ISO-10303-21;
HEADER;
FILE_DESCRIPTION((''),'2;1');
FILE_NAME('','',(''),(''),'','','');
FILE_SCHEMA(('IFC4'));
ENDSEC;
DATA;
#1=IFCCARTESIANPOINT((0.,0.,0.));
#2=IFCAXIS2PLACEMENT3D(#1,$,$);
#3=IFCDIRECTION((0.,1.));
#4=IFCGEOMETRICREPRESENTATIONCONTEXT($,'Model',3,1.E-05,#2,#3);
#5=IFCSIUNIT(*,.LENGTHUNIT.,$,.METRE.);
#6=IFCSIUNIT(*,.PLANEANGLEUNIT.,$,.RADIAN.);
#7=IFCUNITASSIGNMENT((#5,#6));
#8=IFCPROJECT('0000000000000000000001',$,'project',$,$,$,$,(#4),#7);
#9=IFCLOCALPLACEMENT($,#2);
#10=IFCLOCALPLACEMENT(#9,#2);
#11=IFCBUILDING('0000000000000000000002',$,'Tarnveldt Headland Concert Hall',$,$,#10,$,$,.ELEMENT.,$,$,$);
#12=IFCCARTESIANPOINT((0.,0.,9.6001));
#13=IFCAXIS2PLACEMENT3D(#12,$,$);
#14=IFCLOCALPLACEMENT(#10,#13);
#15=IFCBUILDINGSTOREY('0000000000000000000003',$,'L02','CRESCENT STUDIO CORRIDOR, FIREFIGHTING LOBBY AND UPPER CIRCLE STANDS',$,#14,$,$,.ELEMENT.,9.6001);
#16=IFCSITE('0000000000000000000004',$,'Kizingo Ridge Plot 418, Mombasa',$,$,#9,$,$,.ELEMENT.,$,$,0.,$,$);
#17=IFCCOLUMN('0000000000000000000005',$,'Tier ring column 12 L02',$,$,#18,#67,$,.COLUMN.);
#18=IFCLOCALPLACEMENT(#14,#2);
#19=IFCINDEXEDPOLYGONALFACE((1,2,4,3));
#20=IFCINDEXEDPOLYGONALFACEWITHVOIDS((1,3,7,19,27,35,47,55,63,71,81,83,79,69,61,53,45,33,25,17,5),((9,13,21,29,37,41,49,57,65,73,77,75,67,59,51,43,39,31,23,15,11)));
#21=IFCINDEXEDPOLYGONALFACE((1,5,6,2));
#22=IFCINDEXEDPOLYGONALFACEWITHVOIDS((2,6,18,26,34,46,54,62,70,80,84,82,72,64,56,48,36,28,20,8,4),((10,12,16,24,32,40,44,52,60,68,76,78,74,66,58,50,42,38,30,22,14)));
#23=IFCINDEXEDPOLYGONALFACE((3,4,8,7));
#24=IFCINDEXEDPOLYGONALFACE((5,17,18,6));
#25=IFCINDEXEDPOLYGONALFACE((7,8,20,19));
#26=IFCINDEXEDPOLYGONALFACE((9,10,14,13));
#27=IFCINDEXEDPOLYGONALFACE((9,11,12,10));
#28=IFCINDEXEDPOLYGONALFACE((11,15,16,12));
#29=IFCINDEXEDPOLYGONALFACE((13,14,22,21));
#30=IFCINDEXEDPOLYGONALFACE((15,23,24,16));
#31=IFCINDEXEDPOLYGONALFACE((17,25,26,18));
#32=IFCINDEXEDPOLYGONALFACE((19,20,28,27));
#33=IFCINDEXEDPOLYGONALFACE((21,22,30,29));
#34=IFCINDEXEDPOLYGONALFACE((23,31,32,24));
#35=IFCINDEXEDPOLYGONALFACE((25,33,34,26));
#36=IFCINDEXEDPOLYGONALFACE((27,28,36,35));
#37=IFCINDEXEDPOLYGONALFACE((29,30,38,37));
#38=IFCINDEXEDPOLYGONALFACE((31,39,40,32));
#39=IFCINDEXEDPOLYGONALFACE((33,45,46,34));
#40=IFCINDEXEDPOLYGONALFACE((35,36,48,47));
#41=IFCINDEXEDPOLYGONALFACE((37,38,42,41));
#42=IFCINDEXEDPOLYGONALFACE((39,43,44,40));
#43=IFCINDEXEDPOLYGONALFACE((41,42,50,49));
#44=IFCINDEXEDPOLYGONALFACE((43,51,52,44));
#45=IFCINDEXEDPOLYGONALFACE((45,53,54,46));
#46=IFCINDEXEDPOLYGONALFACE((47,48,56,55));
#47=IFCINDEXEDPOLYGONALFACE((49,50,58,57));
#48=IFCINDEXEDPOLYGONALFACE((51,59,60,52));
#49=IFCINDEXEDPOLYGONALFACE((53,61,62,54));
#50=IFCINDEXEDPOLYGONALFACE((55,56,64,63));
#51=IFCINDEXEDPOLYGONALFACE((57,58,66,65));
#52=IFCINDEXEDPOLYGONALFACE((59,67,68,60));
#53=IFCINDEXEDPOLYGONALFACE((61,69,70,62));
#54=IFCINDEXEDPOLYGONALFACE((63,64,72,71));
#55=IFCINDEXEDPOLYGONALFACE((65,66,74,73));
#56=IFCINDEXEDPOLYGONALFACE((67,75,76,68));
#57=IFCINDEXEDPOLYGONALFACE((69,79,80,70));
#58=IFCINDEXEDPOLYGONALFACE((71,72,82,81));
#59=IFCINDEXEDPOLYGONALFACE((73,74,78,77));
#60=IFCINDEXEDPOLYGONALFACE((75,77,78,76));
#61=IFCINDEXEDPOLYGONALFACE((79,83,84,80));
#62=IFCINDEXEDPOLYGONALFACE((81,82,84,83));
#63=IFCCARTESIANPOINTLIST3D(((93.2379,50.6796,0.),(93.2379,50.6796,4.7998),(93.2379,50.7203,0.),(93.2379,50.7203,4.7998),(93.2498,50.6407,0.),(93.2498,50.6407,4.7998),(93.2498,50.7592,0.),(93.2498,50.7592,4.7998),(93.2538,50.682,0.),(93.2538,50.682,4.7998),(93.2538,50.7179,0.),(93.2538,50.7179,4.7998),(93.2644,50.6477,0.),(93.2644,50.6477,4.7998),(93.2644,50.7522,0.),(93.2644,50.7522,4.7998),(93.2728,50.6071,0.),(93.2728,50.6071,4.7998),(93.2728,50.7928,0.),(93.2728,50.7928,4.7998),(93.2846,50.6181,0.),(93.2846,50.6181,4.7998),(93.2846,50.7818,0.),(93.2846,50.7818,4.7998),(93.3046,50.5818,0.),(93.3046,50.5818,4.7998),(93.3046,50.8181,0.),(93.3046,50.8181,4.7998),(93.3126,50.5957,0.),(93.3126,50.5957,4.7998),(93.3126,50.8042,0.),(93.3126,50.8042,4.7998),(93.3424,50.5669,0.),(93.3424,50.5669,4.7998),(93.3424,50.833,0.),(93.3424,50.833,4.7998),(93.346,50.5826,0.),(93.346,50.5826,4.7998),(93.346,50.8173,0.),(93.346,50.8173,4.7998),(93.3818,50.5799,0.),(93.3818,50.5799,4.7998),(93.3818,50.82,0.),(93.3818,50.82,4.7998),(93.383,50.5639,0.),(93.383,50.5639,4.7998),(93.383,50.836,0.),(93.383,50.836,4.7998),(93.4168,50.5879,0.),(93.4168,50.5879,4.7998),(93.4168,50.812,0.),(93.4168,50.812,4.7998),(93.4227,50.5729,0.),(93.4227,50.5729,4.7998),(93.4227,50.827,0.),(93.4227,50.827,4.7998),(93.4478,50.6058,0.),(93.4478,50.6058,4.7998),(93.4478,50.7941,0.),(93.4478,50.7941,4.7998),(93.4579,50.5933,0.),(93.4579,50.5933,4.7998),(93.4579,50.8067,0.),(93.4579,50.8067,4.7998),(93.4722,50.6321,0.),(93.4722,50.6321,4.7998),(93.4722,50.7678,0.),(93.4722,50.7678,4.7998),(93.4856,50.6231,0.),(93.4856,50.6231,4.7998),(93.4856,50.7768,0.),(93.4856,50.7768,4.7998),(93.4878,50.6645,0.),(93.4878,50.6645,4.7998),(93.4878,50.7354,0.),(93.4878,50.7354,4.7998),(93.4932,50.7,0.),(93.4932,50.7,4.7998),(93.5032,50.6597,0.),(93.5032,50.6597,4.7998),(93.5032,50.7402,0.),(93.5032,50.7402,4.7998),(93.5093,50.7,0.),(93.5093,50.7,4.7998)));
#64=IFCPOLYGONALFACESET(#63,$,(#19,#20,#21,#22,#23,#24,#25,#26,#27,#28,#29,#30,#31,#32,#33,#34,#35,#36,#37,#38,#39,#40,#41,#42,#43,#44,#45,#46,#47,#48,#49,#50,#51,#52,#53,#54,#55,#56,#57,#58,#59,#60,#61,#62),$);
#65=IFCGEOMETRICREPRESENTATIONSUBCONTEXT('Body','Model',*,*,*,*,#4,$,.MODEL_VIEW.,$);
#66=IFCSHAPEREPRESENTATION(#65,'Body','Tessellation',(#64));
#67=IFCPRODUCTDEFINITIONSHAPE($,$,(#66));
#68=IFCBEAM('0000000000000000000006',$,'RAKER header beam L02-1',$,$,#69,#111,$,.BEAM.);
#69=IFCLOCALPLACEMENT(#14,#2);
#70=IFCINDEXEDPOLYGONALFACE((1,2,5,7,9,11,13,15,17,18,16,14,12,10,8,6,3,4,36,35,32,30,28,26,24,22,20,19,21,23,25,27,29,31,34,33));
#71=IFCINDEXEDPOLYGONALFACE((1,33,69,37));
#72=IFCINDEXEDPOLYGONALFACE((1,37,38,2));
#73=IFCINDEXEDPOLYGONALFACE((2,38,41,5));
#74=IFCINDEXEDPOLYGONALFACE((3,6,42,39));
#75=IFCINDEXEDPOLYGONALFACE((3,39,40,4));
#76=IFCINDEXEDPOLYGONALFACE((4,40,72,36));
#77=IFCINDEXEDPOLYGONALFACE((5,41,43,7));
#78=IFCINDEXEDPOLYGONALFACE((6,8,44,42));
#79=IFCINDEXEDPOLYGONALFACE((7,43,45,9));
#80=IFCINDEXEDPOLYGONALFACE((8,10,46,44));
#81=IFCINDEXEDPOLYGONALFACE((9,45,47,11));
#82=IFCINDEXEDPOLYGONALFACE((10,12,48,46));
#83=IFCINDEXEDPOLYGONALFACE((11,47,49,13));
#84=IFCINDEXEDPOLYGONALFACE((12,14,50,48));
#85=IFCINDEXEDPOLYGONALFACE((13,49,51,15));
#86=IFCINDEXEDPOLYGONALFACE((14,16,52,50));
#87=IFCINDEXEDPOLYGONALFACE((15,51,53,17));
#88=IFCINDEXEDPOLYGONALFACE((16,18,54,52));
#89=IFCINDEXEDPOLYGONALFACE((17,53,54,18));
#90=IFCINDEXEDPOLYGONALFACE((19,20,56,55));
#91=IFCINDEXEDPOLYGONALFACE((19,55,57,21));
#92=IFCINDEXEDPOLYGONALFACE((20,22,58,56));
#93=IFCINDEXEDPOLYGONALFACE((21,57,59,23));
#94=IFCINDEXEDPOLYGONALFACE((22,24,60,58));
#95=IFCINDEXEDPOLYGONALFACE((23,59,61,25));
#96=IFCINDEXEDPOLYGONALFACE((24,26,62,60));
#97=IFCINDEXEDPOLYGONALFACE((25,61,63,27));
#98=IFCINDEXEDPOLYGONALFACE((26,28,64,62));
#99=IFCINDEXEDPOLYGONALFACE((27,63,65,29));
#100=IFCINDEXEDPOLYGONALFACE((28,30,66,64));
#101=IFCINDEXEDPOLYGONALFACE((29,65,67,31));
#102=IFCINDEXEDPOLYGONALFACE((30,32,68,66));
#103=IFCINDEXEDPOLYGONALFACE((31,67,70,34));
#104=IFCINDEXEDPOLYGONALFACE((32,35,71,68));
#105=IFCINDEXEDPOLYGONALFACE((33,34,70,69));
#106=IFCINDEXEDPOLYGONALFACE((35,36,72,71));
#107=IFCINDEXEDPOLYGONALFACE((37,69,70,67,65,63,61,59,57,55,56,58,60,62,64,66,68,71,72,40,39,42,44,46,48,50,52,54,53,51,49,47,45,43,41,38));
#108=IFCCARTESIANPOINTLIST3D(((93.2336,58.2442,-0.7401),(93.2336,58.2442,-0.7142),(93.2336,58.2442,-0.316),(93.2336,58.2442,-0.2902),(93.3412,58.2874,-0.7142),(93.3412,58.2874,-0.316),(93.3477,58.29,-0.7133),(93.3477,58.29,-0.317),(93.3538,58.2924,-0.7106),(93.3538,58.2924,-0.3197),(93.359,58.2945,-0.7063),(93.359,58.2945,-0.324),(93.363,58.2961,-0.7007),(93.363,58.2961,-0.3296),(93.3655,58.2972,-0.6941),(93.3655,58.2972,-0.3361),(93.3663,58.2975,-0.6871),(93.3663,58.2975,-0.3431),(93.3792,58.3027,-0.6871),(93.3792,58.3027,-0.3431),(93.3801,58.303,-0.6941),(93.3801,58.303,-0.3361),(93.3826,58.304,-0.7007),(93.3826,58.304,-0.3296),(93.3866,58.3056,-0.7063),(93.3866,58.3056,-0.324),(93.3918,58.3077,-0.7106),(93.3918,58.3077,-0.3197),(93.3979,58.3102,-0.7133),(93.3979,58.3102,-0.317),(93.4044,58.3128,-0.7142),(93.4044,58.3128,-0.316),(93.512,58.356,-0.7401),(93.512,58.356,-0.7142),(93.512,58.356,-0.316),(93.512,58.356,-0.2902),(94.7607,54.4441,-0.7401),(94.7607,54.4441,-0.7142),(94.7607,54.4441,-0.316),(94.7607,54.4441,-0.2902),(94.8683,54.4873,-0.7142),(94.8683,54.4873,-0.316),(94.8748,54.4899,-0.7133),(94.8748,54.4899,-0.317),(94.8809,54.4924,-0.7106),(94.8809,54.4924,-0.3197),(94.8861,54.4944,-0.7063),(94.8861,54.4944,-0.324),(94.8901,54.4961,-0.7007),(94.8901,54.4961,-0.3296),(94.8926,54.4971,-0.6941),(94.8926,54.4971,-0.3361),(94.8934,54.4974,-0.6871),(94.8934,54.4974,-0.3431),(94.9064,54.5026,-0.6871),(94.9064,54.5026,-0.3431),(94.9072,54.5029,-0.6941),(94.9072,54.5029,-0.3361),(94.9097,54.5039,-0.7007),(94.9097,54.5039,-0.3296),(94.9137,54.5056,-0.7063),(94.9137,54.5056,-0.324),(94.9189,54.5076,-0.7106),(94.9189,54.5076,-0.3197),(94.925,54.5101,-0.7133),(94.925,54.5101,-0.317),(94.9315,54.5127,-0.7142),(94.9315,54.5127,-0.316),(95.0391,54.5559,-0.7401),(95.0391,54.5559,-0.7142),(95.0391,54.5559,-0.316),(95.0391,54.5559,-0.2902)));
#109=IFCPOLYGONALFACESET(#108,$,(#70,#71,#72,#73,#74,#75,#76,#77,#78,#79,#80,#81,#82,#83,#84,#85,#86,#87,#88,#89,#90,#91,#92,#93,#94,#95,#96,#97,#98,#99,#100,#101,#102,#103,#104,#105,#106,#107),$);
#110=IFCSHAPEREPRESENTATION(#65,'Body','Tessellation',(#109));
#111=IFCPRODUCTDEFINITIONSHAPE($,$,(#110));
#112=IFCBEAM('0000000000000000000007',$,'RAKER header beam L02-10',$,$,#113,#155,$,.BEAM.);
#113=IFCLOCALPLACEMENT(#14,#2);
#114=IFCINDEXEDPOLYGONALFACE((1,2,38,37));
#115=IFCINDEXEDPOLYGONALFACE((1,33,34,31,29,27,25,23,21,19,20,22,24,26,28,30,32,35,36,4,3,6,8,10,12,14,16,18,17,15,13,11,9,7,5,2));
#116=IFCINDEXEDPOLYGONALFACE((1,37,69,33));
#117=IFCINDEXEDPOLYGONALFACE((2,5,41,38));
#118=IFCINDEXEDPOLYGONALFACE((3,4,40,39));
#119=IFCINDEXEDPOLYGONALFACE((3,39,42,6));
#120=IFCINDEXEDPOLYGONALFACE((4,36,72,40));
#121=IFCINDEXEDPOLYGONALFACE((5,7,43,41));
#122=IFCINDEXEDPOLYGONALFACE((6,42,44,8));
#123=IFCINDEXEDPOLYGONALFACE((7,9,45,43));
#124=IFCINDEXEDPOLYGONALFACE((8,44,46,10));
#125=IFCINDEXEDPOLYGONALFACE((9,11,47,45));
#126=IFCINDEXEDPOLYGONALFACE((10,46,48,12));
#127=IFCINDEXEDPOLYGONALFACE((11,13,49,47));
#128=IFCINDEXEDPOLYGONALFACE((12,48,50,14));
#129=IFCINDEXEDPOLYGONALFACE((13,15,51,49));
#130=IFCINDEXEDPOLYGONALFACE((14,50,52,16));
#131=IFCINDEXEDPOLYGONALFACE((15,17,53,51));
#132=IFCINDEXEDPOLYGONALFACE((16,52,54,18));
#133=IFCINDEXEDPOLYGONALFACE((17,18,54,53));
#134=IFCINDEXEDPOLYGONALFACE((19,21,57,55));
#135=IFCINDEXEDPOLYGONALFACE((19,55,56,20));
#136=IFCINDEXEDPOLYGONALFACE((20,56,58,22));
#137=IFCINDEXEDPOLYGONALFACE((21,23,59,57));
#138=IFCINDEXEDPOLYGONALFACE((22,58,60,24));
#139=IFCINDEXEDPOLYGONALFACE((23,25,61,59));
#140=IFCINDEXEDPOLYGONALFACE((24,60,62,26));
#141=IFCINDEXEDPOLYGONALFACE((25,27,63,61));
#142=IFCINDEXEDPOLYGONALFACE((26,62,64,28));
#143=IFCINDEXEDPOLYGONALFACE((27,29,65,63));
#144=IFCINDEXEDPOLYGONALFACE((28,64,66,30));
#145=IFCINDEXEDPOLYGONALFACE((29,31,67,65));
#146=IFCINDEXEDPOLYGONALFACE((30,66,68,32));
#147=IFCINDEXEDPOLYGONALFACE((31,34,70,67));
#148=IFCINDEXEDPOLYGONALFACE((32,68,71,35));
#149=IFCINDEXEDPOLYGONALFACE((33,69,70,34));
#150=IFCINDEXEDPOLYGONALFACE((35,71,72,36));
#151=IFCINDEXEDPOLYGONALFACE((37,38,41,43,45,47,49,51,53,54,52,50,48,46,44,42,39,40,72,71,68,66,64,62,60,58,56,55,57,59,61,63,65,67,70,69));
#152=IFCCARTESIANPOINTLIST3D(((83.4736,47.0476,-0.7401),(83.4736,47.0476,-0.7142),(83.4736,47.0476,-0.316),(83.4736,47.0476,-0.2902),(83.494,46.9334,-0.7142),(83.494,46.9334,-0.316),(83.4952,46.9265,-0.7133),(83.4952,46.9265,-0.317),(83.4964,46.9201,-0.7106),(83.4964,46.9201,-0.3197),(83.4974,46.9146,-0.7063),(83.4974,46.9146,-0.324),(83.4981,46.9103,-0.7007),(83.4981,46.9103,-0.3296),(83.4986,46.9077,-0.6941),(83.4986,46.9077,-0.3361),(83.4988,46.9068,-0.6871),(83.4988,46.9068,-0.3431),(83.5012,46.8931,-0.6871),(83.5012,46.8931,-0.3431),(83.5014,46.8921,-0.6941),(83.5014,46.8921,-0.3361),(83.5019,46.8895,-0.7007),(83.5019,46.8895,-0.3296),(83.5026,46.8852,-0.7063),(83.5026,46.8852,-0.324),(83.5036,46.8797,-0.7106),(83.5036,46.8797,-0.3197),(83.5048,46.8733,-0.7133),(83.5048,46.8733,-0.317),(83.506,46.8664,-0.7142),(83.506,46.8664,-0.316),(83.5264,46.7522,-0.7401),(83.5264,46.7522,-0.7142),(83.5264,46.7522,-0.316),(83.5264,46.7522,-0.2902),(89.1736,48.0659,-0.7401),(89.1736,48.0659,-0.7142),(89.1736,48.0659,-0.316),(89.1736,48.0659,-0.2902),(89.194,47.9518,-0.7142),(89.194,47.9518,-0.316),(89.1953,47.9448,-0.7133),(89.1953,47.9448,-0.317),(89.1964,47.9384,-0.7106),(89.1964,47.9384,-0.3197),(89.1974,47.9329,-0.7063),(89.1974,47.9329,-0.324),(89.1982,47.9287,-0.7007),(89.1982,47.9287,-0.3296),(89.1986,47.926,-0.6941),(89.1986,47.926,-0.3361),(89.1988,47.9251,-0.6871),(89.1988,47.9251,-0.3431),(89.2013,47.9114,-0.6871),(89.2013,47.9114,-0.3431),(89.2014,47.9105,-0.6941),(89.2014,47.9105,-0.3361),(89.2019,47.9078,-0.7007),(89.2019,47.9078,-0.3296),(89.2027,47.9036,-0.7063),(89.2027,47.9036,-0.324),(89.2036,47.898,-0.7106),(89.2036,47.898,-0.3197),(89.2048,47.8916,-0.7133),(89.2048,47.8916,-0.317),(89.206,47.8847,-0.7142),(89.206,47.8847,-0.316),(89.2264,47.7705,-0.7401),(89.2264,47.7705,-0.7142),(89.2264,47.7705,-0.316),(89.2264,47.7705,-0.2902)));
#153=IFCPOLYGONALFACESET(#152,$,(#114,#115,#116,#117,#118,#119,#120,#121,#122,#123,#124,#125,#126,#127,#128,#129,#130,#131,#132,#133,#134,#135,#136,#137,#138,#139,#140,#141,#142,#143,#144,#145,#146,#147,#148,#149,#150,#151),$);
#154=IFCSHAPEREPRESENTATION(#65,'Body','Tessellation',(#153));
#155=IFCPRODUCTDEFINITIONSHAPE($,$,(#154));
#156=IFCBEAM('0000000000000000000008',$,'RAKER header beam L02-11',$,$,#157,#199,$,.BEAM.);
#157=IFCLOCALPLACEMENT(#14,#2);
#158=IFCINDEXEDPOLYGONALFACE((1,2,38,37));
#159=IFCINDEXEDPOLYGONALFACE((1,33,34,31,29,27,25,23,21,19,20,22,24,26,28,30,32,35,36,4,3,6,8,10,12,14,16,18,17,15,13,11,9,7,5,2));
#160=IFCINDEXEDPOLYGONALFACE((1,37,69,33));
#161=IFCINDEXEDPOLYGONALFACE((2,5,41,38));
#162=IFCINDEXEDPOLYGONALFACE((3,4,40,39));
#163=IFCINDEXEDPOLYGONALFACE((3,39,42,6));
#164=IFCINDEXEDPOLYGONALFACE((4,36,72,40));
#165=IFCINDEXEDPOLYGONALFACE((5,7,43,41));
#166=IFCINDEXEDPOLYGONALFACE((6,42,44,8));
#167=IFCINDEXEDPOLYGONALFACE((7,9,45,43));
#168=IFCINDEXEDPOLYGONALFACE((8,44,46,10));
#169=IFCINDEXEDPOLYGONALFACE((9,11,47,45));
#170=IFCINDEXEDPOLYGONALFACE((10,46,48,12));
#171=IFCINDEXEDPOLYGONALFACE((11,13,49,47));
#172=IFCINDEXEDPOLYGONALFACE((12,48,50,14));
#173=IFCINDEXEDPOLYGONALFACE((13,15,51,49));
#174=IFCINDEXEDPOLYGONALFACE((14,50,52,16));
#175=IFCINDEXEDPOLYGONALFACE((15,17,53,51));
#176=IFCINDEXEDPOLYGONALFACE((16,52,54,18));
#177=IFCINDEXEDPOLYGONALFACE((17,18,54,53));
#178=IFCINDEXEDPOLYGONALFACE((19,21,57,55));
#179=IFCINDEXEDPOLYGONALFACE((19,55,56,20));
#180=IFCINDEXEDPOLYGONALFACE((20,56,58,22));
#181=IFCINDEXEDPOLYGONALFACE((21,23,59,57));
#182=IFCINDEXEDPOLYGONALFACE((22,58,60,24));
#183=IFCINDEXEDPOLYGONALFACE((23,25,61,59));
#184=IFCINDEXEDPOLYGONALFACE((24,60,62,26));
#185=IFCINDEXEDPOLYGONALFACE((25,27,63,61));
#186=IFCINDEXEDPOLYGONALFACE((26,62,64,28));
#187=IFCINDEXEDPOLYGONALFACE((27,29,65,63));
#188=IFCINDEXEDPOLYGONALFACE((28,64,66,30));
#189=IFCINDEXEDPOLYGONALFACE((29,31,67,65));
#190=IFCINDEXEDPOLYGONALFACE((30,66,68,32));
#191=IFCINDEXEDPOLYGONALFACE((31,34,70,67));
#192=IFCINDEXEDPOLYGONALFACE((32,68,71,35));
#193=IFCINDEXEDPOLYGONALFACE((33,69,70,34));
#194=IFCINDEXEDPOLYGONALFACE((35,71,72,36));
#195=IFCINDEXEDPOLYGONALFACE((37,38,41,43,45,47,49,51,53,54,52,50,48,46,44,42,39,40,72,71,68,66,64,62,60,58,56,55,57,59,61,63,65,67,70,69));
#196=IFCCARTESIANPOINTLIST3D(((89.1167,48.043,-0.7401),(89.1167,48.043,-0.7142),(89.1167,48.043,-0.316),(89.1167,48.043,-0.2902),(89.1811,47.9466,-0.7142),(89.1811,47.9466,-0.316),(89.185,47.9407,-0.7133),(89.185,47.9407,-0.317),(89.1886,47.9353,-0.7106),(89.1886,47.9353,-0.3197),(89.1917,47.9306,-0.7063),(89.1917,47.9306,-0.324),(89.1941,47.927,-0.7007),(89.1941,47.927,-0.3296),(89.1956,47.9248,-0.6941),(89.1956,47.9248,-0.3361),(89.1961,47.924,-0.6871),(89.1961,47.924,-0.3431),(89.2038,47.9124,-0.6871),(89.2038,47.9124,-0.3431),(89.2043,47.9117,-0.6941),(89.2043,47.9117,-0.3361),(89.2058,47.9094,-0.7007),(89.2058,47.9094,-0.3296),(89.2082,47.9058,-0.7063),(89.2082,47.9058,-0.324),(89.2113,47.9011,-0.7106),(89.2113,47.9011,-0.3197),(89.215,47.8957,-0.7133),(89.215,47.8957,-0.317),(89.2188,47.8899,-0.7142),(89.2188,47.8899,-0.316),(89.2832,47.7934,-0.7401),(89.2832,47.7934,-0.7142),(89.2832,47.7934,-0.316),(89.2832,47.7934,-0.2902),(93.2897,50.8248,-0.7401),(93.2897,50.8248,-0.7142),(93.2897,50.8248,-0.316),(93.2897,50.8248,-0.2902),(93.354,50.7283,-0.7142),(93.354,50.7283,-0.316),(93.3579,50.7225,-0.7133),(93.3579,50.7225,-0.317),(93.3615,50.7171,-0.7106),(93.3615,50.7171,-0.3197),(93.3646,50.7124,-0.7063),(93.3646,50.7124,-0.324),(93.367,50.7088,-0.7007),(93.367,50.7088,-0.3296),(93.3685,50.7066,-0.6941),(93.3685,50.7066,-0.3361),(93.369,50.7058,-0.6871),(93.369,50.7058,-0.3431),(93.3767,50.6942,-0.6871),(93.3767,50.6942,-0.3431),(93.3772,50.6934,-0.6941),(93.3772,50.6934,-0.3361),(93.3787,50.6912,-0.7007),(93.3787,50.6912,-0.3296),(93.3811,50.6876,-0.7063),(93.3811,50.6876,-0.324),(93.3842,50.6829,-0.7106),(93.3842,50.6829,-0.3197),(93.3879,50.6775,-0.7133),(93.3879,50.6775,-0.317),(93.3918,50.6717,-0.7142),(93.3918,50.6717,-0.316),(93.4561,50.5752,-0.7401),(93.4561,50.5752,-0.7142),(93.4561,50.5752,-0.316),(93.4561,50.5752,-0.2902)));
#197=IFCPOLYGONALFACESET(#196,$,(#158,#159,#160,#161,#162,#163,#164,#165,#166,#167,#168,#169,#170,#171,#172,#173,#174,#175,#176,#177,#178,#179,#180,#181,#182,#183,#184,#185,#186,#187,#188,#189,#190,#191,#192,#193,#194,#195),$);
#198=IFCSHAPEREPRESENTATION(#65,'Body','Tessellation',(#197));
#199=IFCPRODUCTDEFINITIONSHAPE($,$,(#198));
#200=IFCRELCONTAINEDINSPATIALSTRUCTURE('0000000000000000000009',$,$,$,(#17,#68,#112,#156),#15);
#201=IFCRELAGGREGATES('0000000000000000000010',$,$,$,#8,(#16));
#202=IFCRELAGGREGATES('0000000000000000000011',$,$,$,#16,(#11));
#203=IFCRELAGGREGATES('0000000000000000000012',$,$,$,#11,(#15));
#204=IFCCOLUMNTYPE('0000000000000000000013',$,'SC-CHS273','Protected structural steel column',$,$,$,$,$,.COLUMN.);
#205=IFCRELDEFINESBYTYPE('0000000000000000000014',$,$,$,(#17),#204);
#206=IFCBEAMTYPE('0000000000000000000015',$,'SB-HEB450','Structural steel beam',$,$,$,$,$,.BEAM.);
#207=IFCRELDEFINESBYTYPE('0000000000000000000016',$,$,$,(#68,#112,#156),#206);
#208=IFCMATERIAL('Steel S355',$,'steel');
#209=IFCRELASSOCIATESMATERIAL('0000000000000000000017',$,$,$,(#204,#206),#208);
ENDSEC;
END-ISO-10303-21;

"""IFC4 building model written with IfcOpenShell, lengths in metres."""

from ifc_helpers import new_model, si_unit, direction, frame, origin, origin_2d, place, context, subcontext, project, spatial, hollow_circle, i_section, extrude, material, material_profile, profile_set, type_object, element, save


model = new_model("IFC4")

# Units and contexts
model_context = context("Model", 3, precision=1e-05, world=origin(), true_north=direction((0.0, 1.0)))
body_context = subcontext(model_context, "Body", "Model", "MODEL_VIEW")
ifc_project = project(units=[si_unit("LENGTHUNIT", "METRE"), si_unit("PLANEANGLEUNIT", "RADIAN")], contexts=[model_context])

# Site, building, storey
site_placement = place(None, origin())
site = spatial("IfcSite", under=ifc_project, at=site_placement, Name="Kizingo Ridge Plot 418, Mombasa", CompositionType="ELEMENT", RefElevation=0.0)
building_placement = place(site_placement, origin())
building = spatial("IfcBuilding", under=site, at=building_placement, Name="Tarnveldt Headland Concert Hall", CompositionType="ELEMENT")
storey_placement = place(building_placement, frame((0.0, 0.0, 9.6001)))
storey = spatial("IfcBuildingStorey", under=building, at=storey_placement, Name="L02", Description="CRESCENT STUDIO CORRIDOR, FIREFIGHTING LOBBY AND UPPER CIRCLE STANDS", CompositionType="ELEMENT", Elevation=9.6001)

# Column
ifc_material_1 = material(Name="Steel S355", Category="steel")
ifc_material_profile_1 = material_profile(ifc_material_1, hollow_circle(Radius=0.1365, WallThickness=0.0161, at=origin_2d()), Name="CHS 273x16", Category="steel")
ifc_profile_set_1 = profile_set([ifc_material_profile_1], Name="Steel S355")
column_type = type_object("IfcColumnType", Name="SC-CHS273", Description="Protected structural steel column", PredefinedType="COLUMN", material=ifc_profile_set_1)
for number, where, z_axis, x_axis, name in (
    (1, (93.3728, 50.7, 0.0), (0.0, 0.0, 1.0), (1.0, 0.0, 0.0), "Tier ring column 12 L02"),
):
    element("IfcColumn", number, at=place(storey_placement, frame(where, z_axis=z_axis, x_axis=x_axis)), inside=storey, type_object=column_type, Name=name, PredefinedType="COLUMN", context=body_context, shape_type="SweptSolid", body=[
        extrude(hollow_circle(Radius=0.1365, WallThickness=0.0161, at=origin_2d()), origin(), (0.0, 0.0, 1.0), 4.7998),
    ])

# Beams
ifc_material_profile_2 = material_profile(ifc_material_1, i_section(OverallWidth=0.3, OverallDepth=0.45, WebThickness=0.0139, FlangeThickness=0.0259, FilletRadius=0.0271, at=origin_2d()), Name="HEB450", Category="steel")
ifc_profile_set_2 = profile_set([ifc_material_profile_2], Name="Steel S355")
beam_type = type_object("IfcBeamType", Name="SB-HEB450", Description="Structural steel beam", PredefinedType="BEAM", material=ifc_profile_set_2)
beam_1_placement = place(storey_placement, frame((94.8999, 54.5, -0.5151), z_axis=(-0.372881, 0.927879, 0.0), x_axis=(-0.927879, -0.372881, 0.0)))
element("IfcBeam", 2, at=beam_1_placement, inside=storey, type_object=beam_type, Name="RAKER header beam L02-1", PredefinedType="BEAM", context=body_context, shape_type="SweptSolid", body=[
    extrude(i_section(OverallWidth=0.3, OverallDepth=0.45, WebThickness=0.0139, FlangeThickness=0.0259, FilletRadius=0.0271, at=origin_2d()), origin(), (0.0, 0.0, 1.0), 4.0955),
])
beam_2_placement = place(storey_placement, frame((83.5, 46.8999, -0.5151), z_axis=(0.984414, 0.175868, 0.0), x_axis=(-0.175868, 0.984414, 0.0)))
element("IfcBeam", 3, at=beam_2_placement, inside=storey, type_object=beam_type, Name="RAKER header beam L02-10", PredefinedType="BEAM", context=body_context, shape_type="SweptSolid", body=[
    extrude(i_section(OverallWidth=0.3, OverallDepth=0.45, WebThickness=0.0139, FlangeThickness=0.0259, FilletRadius=0.0271, at=origin_2d()), origin(), (0.0, 0.0, 1.0), 5.7903),
])
beam_3_placement = place(storey_placement, frame((89.2, 47.9182, -0.5151), z_axis=(0.832065, 0.554678, 0.0), x_axis=(-0.554678, 0.832065, 0.0)))
element("IfcBeam", 4, at=beam_3_placement, inside=storey, type_object=beam_type, Name="RAKER header beam L02-11", PredefinedType="BEAM", context=body_context, shape_type="SweptSolid", body=[
    extrude(i_section(OverallWidth=0.3, OverallDepth=0.45, WebThickness=0.0139, FlangeThickness=0.0259, FilletRadius=0.0271, at=origin_2d()), origin(), (0.0, 0.0, 1.0), 5.0151),
])

save(model, "model.ifc")
